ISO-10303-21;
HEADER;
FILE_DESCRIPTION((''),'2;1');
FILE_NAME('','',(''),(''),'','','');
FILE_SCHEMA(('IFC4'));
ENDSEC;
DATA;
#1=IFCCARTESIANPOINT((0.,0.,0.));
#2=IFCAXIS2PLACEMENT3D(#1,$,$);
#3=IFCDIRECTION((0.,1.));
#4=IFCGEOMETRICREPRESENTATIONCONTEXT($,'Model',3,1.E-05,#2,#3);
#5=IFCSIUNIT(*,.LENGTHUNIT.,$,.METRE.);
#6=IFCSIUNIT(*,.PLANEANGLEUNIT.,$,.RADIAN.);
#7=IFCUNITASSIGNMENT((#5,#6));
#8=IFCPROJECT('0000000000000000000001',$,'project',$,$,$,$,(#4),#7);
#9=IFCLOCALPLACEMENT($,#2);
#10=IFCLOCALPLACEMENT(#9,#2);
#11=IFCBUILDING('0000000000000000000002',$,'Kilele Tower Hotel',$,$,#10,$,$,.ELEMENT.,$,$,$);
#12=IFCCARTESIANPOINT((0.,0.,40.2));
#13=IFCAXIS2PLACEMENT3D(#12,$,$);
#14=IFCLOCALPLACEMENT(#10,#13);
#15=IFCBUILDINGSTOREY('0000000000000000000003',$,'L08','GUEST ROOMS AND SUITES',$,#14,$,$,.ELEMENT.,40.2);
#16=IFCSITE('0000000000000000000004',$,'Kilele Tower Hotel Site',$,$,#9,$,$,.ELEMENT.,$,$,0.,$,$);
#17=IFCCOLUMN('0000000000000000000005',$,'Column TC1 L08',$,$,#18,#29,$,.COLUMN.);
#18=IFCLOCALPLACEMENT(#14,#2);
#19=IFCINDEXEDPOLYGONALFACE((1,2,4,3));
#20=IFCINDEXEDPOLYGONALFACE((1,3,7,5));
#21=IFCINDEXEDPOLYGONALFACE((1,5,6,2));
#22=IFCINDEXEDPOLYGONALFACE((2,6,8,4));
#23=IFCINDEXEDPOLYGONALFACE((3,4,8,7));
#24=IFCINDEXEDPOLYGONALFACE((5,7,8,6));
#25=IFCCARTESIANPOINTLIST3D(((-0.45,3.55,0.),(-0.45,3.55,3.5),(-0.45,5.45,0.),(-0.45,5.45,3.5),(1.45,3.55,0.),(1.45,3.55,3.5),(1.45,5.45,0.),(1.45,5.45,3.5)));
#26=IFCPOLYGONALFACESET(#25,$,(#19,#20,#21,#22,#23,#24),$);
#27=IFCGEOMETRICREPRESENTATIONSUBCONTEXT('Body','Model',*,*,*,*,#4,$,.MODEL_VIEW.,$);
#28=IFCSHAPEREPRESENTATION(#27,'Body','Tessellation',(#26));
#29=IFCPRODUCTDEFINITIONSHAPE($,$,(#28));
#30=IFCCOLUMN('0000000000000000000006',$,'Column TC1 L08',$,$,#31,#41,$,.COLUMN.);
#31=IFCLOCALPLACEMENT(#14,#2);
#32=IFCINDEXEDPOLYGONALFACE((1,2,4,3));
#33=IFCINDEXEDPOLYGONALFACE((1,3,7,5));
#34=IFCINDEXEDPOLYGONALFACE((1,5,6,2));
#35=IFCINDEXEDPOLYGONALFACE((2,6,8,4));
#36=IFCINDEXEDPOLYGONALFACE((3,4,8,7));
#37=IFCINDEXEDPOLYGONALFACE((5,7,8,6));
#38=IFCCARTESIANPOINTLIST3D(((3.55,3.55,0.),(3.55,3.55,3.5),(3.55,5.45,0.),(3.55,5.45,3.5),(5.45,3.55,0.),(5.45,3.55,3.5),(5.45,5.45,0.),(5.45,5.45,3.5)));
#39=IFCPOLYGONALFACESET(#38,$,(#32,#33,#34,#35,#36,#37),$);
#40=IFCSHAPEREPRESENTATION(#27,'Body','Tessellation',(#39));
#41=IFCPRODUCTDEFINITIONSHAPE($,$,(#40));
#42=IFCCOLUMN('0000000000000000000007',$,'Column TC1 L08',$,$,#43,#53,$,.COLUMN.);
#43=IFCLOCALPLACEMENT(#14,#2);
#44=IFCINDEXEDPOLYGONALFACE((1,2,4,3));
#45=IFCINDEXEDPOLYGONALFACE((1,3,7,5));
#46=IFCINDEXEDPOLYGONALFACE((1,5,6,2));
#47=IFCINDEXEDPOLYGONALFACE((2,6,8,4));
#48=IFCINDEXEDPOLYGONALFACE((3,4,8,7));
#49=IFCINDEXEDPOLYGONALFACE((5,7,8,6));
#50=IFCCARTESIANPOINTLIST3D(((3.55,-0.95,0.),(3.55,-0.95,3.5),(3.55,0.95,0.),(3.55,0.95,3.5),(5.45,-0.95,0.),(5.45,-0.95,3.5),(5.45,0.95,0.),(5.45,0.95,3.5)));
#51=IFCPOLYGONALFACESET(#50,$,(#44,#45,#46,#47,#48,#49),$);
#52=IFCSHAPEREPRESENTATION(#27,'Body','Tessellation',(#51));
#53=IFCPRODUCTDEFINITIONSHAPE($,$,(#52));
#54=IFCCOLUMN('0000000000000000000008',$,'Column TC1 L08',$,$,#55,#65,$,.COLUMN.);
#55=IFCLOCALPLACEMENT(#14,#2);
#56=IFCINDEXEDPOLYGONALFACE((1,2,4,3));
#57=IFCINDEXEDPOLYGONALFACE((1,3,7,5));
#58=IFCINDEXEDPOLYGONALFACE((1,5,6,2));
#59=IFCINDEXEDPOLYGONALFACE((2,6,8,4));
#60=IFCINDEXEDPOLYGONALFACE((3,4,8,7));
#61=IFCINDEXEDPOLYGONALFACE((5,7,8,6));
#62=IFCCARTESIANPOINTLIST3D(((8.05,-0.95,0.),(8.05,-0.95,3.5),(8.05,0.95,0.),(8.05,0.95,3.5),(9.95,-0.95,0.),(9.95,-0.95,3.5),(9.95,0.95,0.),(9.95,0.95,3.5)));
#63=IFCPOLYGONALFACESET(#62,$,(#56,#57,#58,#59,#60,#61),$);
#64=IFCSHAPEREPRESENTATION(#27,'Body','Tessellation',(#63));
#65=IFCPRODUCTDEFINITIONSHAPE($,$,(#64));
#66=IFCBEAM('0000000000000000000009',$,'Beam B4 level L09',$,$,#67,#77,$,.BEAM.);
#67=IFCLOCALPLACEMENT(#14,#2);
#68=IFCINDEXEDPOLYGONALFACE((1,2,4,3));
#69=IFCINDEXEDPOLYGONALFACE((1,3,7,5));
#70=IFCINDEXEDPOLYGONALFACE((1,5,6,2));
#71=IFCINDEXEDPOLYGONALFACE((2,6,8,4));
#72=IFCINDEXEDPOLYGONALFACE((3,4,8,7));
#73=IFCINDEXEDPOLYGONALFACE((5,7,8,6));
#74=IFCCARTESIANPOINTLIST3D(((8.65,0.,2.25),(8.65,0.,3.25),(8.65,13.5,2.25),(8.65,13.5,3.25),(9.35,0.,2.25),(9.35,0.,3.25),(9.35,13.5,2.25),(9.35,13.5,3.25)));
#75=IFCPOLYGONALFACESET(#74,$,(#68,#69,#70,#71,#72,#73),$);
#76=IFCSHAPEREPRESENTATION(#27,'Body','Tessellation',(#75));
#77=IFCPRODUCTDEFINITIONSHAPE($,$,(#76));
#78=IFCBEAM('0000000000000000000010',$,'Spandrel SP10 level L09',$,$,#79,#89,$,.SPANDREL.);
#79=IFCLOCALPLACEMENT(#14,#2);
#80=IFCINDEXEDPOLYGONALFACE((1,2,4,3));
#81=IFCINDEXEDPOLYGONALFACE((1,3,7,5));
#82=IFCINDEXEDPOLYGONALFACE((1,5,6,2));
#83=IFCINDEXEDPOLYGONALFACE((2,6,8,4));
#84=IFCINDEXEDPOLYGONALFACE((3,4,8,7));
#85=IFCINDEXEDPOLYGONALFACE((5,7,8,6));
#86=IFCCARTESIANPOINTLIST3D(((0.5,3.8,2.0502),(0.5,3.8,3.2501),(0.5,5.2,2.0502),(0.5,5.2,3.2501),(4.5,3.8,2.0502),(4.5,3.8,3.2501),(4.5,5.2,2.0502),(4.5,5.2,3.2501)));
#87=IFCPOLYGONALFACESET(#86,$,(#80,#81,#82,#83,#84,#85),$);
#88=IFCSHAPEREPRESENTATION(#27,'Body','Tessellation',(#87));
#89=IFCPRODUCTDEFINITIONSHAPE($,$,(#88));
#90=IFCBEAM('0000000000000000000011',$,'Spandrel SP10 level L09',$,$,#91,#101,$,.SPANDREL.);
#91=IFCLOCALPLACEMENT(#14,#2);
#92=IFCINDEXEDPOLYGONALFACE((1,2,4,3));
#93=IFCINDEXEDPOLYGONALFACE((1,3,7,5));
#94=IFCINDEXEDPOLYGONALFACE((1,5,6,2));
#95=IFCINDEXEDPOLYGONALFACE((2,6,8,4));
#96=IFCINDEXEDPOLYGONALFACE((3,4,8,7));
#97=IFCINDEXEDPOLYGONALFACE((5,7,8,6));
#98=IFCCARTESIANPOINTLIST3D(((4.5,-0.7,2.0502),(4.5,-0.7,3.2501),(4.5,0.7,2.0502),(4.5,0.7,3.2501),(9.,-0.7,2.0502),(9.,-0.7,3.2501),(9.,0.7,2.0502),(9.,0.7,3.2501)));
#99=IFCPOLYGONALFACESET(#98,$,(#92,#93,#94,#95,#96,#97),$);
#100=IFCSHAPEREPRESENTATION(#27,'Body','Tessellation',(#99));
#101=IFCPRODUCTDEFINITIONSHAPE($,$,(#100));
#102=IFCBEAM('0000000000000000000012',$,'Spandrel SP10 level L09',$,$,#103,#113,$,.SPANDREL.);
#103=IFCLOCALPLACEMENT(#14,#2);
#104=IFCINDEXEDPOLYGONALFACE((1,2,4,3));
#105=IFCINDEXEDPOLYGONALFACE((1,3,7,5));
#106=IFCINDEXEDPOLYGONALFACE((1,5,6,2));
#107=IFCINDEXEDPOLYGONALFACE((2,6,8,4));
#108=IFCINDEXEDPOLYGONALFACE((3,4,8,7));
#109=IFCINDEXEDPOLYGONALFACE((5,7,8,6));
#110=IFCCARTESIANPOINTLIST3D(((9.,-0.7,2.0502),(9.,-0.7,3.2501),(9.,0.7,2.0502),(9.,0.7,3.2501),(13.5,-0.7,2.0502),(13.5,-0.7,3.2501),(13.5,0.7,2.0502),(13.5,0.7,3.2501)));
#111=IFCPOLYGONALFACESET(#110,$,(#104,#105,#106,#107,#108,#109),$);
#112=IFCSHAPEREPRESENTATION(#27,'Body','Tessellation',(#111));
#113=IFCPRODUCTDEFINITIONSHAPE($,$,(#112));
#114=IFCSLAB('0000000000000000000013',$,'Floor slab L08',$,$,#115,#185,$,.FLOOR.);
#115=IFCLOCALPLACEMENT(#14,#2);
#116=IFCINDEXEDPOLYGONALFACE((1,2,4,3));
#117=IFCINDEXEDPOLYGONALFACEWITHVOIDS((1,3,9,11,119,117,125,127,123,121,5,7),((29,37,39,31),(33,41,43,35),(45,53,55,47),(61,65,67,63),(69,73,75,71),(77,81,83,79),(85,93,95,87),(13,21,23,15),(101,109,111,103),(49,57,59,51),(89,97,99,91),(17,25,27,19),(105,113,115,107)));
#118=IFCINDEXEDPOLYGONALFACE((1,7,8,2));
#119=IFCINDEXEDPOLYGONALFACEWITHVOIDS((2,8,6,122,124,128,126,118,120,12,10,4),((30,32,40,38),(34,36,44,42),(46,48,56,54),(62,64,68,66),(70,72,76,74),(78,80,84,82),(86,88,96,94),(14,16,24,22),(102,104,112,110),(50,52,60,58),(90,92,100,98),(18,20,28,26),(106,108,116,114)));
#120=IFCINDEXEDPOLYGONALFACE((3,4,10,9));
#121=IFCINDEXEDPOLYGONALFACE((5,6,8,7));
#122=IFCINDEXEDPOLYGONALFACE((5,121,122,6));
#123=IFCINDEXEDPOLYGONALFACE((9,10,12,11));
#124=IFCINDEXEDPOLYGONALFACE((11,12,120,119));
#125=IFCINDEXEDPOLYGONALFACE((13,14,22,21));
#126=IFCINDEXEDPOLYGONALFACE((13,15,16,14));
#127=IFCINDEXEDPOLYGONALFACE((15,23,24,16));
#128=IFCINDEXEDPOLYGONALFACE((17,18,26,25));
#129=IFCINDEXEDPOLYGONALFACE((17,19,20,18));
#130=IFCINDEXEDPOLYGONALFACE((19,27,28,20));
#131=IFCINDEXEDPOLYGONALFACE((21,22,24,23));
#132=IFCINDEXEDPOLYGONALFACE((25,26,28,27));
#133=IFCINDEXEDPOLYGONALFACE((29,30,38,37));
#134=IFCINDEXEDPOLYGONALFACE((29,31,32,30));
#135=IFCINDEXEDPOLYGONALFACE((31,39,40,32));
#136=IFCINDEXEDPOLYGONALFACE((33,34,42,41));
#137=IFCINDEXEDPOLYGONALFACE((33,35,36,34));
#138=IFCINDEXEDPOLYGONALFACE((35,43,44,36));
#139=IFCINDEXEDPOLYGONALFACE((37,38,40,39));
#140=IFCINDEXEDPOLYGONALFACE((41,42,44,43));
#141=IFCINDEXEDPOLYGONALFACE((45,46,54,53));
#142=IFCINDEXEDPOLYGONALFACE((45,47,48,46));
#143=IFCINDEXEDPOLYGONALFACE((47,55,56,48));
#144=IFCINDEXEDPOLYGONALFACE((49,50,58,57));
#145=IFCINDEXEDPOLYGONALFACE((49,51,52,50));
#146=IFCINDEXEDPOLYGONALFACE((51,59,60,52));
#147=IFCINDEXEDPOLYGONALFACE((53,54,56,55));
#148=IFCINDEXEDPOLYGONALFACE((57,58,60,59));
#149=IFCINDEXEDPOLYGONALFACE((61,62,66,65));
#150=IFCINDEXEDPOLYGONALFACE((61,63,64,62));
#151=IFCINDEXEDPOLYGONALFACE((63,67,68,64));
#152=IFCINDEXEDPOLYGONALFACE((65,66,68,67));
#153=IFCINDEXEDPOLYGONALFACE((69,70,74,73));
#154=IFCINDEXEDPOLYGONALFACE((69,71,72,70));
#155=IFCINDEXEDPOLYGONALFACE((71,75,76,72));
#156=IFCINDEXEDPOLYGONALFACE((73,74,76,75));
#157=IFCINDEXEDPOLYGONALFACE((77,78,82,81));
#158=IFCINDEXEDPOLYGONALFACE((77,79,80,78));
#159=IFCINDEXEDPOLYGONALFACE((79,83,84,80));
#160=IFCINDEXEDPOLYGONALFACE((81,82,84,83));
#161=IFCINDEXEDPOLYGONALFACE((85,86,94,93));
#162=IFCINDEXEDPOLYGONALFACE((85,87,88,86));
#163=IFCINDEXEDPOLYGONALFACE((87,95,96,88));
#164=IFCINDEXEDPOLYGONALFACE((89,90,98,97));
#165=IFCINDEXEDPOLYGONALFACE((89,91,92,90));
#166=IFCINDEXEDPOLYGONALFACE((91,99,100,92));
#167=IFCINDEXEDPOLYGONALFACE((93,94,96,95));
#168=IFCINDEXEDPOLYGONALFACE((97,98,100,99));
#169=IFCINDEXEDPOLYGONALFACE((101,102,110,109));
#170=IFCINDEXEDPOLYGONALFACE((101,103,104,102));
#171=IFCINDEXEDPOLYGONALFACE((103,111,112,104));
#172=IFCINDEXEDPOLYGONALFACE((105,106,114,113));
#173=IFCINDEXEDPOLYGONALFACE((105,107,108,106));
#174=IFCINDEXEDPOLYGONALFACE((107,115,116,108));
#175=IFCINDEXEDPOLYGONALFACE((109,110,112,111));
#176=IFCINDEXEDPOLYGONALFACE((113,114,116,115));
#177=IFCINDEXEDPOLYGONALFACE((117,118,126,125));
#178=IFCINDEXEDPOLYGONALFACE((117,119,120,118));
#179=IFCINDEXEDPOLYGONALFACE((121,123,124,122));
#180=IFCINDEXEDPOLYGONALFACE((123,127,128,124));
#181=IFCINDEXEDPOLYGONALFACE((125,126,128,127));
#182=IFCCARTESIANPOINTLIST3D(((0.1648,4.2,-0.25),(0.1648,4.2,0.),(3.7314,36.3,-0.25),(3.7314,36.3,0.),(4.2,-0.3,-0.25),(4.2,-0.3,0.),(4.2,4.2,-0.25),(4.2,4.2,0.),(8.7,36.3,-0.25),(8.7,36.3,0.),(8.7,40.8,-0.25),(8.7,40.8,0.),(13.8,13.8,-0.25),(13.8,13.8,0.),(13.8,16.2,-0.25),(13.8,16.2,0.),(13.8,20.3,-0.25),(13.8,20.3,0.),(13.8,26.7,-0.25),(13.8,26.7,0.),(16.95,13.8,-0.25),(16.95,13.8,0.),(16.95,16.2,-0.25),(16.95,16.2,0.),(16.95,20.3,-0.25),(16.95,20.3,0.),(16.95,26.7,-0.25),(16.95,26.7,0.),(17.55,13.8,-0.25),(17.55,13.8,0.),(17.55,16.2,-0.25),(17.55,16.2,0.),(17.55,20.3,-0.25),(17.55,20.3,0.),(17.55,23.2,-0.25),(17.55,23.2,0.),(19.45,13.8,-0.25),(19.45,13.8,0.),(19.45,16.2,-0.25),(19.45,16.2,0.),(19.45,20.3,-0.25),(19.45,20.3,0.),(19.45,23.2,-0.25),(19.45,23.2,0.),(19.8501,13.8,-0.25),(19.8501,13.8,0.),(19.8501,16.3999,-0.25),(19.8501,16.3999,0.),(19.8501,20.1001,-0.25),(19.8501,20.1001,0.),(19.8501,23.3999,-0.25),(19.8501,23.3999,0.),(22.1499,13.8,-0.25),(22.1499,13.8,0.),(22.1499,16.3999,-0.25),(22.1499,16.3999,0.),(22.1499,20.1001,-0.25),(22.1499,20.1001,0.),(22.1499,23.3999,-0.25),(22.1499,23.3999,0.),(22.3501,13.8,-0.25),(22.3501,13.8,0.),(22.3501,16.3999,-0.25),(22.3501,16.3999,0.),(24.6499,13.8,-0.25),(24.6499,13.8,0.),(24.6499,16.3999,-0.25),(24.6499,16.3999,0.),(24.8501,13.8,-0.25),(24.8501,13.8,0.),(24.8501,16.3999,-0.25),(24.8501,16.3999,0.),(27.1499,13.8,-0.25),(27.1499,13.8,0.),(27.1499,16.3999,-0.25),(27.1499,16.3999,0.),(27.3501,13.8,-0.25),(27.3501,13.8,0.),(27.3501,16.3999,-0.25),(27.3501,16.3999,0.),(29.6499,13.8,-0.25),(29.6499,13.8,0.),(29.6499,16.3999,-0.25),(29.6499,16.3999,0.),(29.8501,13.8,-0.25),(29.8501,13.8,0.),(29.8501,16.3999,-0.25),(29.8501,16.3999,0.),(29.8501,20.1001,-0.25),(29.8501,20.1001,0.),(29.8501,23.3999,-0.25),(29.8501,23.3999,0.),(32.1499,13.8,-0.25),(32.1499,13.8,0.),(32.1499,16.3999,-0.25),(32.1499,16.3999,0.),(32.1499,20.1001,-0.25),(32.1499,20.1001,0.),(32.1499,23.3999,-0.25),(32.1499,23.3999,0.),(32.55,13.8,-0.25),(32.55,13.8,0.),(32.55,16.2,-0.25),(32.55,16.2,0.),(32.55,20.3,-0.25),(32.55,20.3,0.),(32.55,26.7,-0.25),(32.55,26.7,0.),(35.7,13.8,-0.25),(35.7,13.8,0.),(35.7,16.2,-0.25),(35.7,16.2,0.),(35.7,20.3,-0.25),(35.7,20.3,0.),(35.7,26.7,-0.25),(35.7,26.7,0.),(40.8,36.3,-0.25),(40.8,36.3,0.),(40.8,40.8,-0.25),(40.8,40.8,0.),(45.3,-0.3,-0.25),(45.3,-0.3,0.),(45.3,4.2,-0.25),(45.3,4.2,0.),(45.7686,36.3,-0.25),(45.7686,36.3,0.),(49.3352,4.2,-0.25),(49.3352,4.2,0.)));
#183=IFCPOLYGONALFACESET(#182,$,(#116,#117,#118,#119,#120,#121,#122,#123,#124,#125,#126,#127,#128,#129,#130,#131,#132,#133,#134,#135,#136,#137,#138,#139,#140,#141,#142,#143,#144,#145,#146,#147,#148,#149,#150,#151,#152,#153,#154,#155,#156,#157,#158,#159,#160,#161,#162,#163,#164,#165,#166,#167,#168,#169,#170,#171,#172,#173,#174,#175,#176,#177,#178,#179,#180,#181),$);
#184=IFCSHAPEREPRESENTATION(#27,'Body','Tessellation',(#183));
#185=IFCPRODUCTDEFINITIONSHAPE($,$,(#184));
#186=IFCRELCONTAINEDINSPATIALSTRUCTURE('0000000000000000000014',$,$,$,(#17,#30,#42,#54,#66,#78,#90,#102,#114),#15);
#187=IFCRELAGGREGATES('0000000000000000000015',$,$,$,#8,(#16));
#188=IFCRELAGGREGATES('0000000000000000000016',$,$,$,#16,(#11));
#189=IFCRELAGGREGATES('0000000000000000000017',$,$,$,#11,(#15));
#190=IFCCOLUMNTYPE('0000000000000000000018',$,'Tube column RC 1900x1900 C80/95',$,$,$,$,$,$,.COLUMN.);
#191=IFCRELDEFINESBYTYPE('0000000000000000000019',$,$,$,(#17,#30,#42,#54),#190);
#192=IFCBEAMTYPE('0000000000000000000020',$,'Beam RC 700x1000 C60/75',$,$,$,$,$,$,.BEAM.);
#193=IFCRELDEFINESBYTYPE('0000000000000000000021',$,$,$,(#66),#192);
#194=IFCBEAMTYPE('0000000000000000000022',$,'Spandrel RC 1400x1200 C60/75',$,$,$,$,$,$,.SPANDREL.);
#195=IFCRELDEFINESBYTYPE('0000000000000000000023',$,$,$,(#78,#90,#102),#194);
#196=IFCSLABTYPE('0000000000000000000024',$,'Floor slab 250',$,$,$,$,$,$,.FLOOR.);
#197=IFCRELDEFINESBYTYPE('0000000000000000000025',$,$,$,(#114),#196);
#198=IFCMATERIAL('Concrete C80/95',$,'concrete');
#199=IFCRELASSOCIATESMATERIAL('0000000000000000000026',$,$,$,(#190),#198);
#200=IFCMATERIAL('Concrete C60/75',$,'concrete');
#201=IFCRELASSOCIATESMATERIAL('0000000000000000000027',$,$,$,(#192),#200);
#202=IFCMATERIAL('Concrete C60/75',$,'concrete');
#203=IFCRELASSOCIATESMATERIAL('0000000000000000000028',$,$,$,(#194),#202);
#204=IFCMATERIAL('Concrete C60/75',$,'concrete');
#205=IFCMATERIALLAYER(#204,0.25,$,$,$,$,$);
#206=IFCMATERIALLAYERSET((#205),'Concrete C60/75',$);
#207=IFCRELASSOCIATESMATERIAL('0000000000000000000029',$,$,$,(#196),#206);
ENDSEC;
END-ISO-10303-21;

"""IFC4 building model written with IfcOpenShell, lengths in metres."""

from ifc_helpers import new_model, si_unit, direction, frame, origin, origin_2d, place, context, subcontext, project, spatial, polyline, rectangle, outline, extrude, material, layer, layer_set, material_profile, profile_set, type_object, element, save


model = new_model("IFC4")

# Units and contexts
model_context = context("Model", 3, precision=1e-05, world=origin(), true_north=direction((0.0, 1.0)))
body_context = subcontext(model_context, "Body", "Model", "MODEL_VIEW")
ifc_project = project(units=[si_unit("LENGTHUNIT", "METRE"), si_unit("PLANEANGLEUNIT", "RADIAN")], contexts=[model_context])

# Site, building, storey
site_placement = place(None, origin())
site = spatial("IfcSite", under=ifc_project, at=site_placement, Name="Kilele Tower Hotel Site", CompositionType="ELEMENT", RefElevation=0.0)
building_placement = place(site_placement, origin())
building = spatial("IfcBuilding", under=site, at=building_placement, Name="Kilele Tower Hotel", CompositionType="ELEMENT")
storey_placement = place(building_placement, frame((0.0, 0.0, 40.2)))
storey = spatial("IfcBuildingStorey", under=building, at=storey_placement, Name="L08", Description="GUEST ROOMS AND SUITES", CompositionType="ELEMENT", Elevation=40.2)

# Columns
ifc_material_1 = material(Name="Concrete C80/95", Category="concrete")
ifc_material_profile_1 = material_profile(ifc_material_1, rectangle(XDim=1.8999, YDim=1.8999, at=origin_2d()))
ifc_profile_set_1 = profile_set([ifc_material_profile_1], Name="Concrete C80/95")
column_type = type_object("IfcColumnType", Name="Tube column RC 1900x1900 C80/95", PredefinedType="COLUMN", material=ifc_profile_set_1)
for number, where, z_axis, x_axis, name in (
    (1, (0.5, 4.5, 0.0), (0.0, 0.0, 1.0), (1.0, 0.0, 0.0), "Column TC1 L08"),
    (2, (4.5, 4.5, 0.0), (0.0, 0.0, 1.0), (1.0, 0.0, 0.0), "Column TC1 L08"),
    (3, (4.5, 0.0, 0.0), (0.0, 0.0, 1.0), (1.0, 0.0, 0.0), "Column TC1 L08"),
    (4, (9.0, 0.0, 0.0), (0.0, 0.0, 1.0), (1.0, 0.0, 0.0), "Column TC1 L08"),
):
    element("IfcColumn", number, at=place(storey_placement, frame(where, z_axis=z_axis, x_axis=x_axis)), inside=storey, type_object=column_type, Name=name, PredefinedType="COLUMN", context=body_context, shape_type="SweptSolid", body=[
        extrude(rectangle(XDim=1.8999, YDim=1.8999, at=origin_2d()), origin(), (0.0, 0.0, 1.0), 3.5),
    ])

# Beams
ifc_material_2 = material(Name="Concrete C60/75", Category="concrete")
ifc_material_profile_2 = material_profile(ifc_material_2, rectangle(XDim=0.7, YDim=1.0, at=origin_2d()))
ifc_profile_set_2 = profile_set([ifc_material_profile_2], Name="Concrete C60/75")
beam_type_1 = type_object("IfcBeamType", Name="Beam RC 700x1000 C60/75", PredefinedType="BEAM", material=ifc_profile_set_2)
beam_1_placement = place(storey_placement, frame((9.0, 0.0, 2.75), z_axis=(0.0, 1.0, 0.0), x_axis=(-1.0, 0.0, 0.0)))
element("IfcBeam", 5, at=beam_1_placement, inside=storey, type_object=beam_type_1, Name="Beam B4 level L09", PredefinedType="BEAM", context=body_context, shape_type="SweptSolid", body=[
    extrude(rectangle(XDim=0.7, YDim=1.0, at=origin_2d()), origin(), (0.0, 0.0, 1.0), 13.5),
])
ifc_material_3 = material(Name="Concrete C60/75", Category="concrete")
ifc_material_profile_3 = material_profile(ifc_material_3, rectangle(XDim=1.3999, YDim=1.2, at=origin_2d()))
ifc_profile_set_3 = profile_set([ifc_material_profile_3], Name="Concrete C60/75")
beam_type_2 = type_object("IfcBeamType", Name="Spandrel RC 1400x1200 C60/75", PredefinedType="SPANDREL", material=ifc_profile_set_3)
beam_2_placement = place(storey_placement, frame((0.5, 4.5, 2.6501), z_axis=(1.0, 0.0, 0.0), x_axis=(0.0, 1.0, 0.0)))
element("IfcBeam", 6, at=beam_2_placement, inside=storey, type_object=beam_type_2, Name="Spandrel SP10 level L09", PredefinedType="SPANDREL", context=body_context, shape_type="SweptSolid", body=[
    extrude(rectangle(XDim=1.3999, YDim=1.2, at=origin_2d()), origin(), (0.0, 0.0, 1.0), 4.0),
])
for number, where, z_axis, x_axis, name in (
    (7, (4.5, 0.0, 2.6501), (1.0, 0.0, 0.0), (0.0, 1.0, 0.0), "Spandrel SP10 level L09"),
    (8, (9.0, 0.0, 2.6501), (1.0, 0.0, 0.0), (0.0, 1.0, 0.0), "Spandrel SP10 level L09"),
):
    element("IfcBeam", number, at=place(storey_placement, frame(where, z_axis=z_axis, x_axis=x_axis)), inside=storey, type_object=beam_type_2, Name=name, PredefinedType="SPANDREL", context=body_context, shape_type="SweptSolid", body=[
        extrude(rectangle(XDim=1.3999, YDim=1.2, at=origin_2d()), origin(), (0.0, 0.0, 1.0), 4.5),
    ])

# Slab
ifc_material_4 = material(Name="Concrete C60/75", Category="concrete")
ifc_layer_1 = layer(ifc_material_4, 0.25)
ifc_layer_set_1 = layer_set([ifc_layer_1], Name="Concrete C60/75")
slab_type_1 = type_object("IfcSlabType", Name="Floor slab 250", PredefinedType="FLOOR", material=ifc_layer_set_1)
slab_1_placement = place(storey_placement, frame((0.0, 0.0, -0.25)))
element("IfcSlab", 9, at=slab_1_placement, inside=storey, type_object=slab_type_1, Name="Floor slab L08", PredefinedType="FLOOR", context=body_context, shape_type="SweptSolid", body=[
    extrude(outline(polyline([(8.7, 36.3), (8.7, 40.8), (40.8, 40.8), (40.8, 36.3), (45.7686, 36.3), (49.3352, 4.2), (45.3, 4.2), (45.3, -0.3), (4.2, -0.3), (4.2, 4.2), (0.1648, 4.2), (3.7314, 36.3), (8.7, 36.3)]), holes=[polyline([(16.95, 16.2), (13.8, 16.2), (13.8, 13.8), (16.95, 13.8), (16.95, 16.2)]), polyline([(19.45, 13.8), (19.45, 16.2), (17.55, 16.2), (17.55, 13.8), (19.45, 13.8)]), polyline([(22.1499, 13.8), (22.1499, 16.3999), (19.8501, 16.3999), (19.8501, 13.8), (22.1499, 13.8)]), polyline([(24.6499, 16.3999), (22.3501, 16.3999), (22.3501, 13.8), (24.6499, 13.8), (24.6499, 16.3999)]), polyline([(19.45, 20.3), (19.45, 23.2), (17.55, 23.2), (17.55, 20.3), (19.45, 20.3)]), polyline([(22.1499, 20.1001), (22.1499, 23.3999), (19.8501, 23.3999), (19.8501, 20.1001), (22.1499, 20.1001)]), polyline([(16.95, 26.7), (13.8, 26.7), (13.8, 20.3), (16.95, 20.3), (16.95, 26.7)]), polyline([(35.7, 13.8), (35.7, 16.2), (32.55, 16.2), (32.55, 13.8), (35.7, 13.8)]), polyline([(27.1499, 13.8), (27.1499, 16.3999), (24.8501, 16.3999), (24.8501, 13.8), (27.1499, 13.8)]), polyline([(29.6499, 13.8), (29.6499, 16.3999), (27.3501, 16.3999), (27.3501, 13.8), (29.6499, 13.8)]), polyline([(32.1499, 13.8), (32.1499, 16.3999), (29.8501, 16.3999), (29.8501, 13.8), (32.1499, 13.8)]), polyline([(32.1499, 20.1001), (32.1499, 23.3999), (29.8501, 23.3999), (29.8501, 20.1001), (32.1499, 20.1001)]), polyline([(35.7, 20.3), (35.7, 26.7), (32.55, 26.7), (32.55, 20.3), (35.7, 20.3)])]), origin(), (0.0, 0.0, 1.0), 0.25),
])

save(model, "model.ifc")
